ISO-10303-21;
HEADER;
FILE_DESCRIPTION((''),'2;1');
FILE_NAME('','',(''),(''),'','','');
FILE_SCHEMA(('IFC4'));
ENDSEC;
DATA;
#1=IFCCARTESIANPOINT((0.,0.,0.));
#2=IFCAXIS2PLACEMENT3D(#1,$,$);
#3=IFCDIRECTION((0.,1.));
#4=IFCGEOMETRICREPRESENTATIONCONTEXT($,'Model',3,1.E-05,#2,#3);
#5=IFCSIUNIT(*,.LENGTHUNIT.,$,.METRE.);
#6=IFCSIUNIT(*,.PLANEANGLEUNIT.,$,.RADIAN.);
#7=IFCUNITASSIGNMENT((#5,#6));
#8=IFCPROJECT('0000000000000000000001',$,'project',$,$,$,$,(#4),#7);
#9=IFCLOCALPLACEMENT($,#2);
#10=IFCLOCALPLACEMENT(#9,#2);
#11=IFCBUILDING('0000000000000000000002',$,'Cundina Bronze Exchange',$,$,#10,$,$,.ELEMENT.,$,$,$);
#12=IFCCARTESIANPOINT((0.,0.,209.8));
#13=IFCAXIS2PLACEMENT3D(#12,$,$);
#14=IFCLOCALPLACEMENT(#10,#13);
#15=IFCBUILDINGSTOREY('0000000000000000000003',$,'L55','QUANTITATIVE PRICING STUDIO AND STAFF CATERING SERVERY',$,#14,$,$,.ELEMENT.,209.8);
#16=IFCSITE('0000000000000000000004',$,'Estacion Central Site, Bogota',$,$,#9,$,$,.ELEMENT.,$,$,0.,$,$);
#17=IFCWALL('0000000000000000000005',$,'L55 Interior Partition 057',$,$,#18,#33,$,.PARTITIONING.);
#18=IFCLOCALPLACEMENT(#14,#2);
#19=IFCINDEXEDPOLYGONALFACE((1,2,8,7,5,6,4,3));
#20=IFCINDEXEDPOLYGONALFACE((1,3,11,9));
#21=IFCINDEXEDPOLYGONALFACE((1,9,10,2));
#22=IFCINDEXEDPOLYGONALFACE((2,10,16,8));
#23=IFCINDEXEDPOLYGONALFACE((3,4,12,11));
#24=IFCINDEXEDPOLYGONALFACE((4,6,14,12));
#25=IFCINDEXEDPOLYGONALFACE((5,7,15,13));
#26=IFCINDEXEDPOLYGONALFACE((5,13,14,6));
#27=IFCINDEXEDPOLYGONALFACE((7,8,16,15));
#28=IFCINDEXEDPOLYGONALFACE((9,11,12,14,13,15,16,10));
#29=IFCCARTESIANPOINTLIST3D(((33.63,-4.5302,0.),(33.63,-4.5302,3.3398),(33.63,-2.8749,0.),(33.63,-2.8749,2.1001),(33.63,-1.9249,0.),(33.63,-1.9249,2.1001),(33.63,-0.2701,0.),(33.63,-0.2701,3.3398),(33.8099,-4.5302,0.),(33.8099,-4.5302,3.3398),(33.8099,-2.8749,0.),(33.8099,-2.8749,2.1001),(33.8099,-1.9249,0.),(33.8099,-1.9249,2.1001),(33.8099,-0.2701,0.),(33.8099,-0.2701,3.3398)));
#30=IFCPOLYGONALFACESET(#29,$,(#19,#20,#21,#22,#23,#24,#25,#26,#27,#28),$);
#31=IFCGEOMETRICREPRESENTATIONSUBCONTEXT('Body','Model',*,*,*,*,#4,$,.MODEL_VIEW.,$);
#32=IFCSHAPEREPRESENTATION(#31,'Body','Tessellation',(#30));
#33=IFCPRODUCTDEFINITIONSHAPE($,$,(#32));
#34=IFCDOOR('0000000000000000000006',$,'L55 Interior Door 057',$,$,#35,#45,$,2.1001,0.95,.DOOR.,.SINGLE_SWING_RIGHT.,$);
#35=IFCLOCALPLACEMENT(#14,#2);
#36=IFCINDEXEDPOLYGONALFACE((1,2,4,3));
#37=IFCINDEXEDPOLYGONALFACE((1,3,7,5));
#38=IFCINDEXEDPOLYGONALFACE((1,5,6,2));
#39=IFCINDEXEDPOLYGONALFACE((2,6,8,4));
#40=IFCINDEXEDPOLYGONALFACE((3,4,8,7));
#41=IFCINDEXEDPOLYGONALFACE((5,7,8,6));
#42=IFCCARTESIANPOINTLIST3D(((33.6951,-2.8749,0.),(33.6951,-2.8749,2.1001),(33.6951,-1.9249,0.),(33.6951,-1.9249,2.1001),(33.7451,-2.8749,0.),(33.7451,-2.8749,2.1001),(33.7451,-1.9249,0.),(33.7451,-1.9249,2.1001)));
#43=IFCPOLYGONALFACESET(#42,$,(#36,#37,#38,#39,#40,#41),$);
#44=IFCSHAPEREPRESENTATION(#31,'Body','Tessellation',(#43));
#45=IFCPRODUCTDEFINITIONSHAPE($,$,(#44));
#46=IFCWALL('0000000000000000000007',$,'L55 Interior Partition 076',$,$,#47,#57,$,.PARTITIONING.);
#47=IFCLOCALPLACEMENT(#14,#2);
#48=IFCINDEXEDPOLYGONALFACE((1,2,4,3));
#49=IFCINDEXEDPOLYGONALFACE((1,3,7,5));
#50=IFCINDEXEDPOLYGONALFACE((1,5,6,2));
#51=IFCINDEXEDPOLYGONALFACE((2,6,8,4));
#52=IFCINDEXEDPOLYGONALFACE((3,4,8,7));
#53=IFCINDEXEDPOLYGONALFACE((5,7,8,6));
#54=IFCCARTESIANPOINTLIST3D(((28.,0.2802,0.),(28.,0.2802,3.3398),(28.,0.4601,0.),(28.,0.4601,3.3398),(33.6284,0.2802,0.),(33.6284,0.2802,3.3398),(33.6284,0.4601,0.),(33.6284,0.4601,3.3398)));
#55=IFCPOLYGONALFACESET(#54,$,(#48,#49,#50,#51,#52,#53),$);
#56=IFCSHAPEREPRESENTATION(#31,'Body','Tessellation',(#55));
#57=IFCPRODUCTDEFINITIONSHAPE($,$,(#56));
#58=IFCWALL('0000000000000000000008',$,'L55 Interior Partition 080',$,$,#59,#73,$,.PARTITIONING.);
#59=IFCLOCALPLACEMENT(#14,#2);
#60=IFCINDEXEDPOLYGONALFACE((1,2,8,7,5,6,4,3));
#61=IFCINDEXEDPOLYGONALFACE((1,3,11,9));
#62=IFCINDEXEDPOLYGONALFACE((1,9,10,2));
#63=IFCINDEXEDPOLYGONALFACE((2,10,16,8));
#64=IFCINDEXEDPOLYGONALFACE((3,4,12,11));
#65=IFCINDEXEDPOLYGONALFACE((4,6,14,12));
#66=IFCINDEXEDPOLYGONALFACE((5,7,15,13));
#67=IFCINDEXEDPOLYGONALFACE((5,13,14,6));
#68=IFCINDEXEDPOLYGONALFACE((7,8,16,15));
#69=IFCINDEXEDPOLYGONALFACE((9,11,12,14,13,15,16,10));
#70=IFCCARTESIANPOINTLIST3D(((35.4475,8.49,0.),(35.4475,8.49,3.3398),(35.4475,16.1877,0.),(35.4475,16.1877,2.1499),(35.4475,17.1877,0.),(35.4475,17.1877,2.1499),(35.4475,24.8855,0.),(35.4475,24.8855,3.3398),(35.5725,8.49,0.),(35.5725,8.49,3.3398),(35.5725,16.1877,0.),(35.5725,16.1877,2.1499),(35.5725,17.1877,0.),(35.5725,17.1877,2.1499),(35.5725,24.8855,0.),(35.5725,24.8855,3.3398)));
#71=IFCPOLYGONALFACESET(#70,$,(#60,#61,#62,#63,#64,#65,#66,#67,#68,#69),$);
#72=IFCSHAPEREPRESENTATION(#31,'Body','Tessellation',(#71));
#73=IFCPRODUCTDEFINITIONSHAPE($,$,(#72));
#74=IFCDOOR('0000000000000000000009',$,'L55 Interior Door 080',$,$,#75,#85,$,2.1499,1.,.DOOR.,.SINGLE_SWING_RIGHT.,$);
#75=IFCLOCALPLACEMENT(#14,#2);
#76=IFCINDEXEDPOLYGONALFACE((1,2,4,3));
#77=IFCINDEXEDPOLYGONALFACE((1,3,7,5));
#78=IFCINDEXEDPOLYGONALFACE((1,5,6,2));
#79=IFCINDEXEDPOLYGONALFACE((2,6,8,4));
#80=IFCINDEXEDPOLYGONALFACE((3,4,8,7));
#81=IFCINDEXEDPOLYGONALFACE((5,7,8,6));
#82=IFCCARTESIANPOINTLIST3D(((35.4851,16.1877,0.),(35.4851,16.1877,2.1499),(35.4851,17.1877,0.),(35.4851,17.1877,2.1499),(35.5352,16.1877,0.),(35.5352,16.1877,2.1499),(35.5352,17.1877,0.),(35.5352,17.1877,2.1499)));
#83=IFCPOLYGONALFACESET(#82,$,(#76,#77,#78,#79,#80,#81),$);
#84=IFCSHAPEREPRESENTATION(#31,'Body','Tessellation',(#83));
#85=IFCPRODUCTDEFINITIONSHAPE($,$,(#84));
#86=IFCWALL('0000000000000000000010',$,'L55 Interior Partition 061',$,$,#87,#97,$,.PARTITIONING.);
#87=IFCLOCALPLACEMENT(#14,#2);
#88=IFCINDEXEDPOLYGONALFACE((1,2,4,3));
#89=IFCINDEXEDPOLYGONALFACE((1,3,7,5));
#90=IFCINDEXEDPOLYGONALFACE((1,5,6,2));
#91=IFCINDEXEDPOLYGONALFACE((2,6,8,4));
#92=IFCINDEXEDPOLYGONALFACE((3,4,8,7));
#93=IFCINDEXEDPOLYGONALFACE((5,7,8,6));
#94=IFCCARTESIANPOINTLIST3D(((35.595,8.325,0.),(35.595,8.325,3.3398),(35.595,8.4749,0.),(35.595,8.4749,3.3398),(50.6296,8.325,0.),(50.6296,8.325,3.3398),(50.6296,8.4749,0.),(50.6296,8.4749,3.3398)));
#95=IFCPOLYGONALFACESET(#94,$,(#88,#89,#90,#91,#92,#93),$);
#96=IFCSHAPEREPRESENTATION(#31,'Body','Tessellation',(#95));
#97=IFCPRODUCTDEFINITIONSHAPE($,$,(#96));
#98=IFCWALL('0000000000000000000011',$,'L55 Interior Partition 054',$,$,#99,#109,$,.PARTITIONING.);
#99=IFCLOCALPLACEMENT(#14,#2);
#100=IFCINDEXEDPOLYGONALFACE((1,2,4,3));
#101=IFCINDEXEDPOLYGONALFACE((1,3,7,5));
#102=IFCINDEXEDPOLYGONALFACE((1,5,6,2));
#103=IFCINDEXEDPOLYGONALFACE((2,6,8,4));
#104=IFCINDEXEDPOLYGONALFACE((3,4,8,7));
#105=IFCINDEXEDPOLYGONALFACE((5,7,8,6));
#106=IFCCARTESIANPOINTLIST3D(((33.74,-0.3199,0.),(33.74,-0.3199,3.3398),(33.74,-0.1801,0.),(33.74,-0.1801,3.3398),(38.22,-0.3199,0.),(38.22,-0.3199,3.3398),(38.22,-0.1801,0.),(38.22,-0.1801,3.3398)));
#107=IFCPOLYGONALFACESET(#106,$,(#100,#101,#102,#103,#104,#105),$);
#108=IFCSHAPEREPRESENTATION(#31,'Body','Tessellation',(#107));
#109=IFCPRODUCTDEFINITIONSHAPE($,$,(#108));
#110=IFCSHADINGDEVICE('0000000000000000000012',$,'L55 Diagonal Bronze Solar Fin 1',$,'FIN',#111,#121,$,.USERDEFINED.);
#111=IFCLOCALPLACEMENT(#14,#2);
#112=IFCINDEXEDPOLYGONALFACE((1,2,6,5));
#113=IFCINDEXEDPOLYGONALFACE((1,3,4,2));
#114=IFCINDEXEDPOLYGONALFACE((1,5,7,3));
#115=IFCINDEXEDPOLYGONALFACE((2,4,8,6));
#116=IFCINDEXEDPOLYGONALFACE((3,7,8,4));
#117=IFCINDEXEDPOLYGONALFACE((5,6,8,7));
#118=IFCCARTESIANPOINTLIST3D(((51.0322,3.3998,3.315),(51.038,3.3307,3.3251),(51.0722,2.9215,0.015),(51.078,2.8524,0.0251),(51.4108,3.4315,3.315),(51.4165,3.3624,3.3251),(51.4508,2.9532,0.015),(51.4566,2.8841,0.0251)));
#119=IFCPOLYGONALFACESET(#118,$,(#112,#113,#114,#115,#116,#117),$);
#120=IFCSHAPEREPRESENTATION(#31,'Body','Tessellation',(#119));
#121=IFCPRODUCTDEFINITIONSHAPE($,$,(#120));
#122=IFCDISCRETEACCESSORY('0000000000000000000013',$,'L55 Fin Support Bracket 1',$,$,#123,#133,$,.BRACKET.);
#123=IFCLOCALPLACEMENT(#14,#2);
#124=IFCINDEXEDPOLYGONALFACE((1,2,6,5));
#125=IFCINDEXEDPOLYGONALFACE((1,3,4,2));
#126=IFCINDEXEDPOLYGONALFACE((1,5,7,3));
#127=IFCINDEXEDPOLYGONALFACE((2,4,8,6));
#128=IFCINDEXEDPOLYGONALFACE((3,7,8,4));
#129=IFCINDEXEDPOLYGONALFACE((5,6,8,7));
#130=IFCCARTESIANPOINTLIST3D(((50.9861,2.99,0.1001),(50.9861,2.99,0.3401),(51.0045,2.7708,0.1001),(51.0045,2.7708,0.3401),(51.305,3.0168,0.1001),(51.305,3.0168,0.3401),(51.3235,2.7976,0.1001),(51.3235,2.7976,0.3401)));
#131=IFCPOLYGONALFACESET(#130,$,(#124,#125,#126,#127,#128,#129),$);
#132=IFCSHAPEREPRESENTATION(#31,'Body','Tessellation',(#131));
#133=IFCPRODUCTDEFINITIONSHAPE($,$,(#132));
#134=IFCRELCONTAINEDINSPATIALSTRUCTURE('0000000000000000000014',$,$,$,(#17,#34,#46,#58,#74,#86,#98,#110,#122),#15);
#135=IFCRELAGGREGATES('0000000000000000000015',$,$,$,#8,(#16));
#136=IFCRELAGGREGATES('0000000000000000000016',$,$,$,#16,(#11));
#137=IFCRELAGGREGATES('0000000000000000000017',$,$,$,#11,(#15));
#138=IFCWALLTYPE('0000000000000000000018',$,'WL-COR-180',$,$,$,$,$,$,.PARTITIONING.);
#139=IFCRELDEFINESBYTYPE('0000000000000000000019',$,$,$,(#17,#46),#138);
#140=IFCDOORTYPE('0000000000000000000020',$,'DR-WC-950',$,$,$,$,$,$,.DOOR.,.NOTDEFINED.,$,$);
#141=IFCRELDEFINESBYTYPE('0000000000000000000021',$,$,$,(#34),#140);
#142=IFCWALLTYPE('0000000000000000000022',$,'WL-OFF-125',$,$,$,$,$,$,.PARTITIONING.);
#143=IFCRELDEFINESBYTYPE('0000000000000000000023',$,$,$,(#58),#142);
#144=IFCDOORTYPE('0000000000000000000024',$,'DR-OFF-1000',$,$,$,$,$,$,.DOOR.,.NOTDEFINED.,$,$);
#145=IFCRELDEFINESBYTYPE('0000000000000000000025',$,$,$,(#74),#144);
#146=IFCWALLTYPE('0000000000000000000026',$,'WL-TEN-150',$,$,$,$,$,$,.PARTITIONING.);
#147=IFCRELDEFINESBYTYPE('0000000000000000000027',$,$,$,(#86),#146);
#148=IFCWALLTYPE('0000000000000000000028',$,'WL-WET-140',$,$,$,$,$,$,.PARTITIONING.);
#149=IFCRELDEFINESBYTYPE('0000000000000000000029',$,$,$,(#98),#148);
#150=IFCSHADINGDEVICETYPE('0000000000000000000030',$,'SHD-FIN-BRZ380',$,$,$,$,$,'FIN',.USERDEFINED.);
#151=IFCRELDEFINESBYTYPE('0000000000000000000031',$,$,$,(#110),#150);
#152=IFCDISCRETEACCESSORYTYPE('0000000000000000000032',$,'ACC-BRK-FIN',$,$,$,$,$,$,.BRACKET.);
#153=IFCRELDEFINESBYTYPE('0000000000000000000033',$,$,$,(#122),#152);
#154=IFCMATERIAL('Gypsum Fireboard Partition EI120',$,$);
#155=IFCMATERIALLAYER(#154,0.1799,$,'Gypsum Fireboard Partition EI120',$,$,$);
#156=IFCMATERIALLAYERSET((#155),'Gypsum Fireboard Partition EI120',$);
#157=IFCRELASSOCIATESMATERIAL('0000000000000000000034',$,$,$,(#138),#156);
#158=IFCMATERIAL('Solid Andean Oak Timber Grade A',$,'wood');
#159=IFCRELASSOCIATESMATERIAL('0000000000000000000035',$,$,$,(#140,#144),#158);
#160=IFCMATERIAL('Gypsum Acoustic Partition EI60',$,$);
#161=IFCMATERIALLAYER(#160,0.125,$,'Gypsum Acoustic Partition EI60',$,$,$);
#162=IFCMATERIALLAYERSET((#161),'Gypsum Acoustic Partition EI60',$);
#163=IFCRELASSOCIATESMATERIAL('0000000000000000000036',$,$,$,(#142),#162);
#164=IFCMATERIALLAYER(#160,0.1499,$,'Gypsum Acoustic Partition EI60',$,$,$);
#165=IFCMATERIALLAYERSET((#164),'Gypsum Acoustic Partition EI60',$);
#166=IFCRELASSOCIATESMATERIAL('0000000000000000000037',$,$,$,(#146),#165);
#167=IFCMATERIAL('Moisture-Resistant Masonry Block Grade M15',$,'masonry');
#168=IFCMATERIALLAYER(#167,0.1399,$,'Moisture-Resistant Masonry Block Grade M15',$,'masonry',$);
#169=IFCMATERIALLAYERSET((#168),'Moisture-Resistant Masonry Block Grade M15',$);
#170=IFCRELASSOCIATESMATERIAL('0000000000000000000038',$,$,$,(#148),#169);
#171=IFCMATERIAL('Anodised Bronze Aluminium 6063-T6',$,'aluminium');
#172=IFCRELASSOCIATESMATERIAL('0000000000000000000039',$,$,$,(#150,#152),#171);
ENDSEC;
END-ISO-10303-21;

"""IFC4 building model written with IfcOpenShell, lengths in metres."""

from ifc_helpers import new_model, si_unit, direction, frame, frame_2d, origin, origin_2d, place, context, subcontext, project, spatial, rectangle, extrude, material, layer, layer_set, material_profile, profile_set, type_object, element, fill, save


model = new_model("IFC4")

# Units and contexts
model_context = context("Model", 3, precision=1e-05, world=origin(), true_north=direction((0.0, 1.0)))
body_context = subcontext(model_context, "Body", "Model", "MODEL_VIEW")
ifc_project = project(units=[si_unit("LENGTHUNIT", "METRE"), si_unit("PLANEANGLEUNIT", "RADIAN")], contexts=[model_context])

# Site, building, storey
site_placement = place(None, origin())
site = spatial("IfcSite", under=ifc_project, at=site_placement, Name="Estacion Central Site, Bogota", CompositionType="ELEMENT", RefElevation=0.0)
building_placement = place(site_placement, origin())
building = spatial("IfcBuilding", under=site, at=building_placement, Name="Cundina Bronze Exchange", CompositionType="ELEMENT")
storey_placement = place(building_placement, frame((0.0, 0.0, 209.8)))
storey = spatial("IfcBuildingStorey", under=building, at=storey_placement, Name="L55", Description="QUANTITATIVE PRICING STUDIO AND STAFF CATERING SERVERY", CompositionType="ELEMENT", Elevation=209.8)

# Shared definitions
ifc_material_1 = material(Name="Anodised Bronze Aluminium 6063-T6", Category="aluminium")

# Wall, opening, door
ifc_material_2 = material(Name="Gypsum Fireboard Partition EI120")
ifc_layer_1 = layer(ifc_material_2, 0.1799, Name="Gypsum Fireboard Partition EI120")
ifc_layer_set_1 = layer_set([ifc_layer_1], Name="Gypsum Fireboard Partition EI120")
wall_type_1 = type_object("IfcWallType", Name="WL-COR-180", PredefinedType="PARTITIONING", material=ifc_layer_set_1)
wall_1_placement = place(storey_placement, frame((33.72, -4.53, 0.0), z_axis=(0.0, 0.0, 1.0), x_axis=(0.0, 1.0, 0.0)))
wall_1 = element("IfcWall", 1, at=wall_1_placement, inside=storey, type_object=wall_type_1, Name="L55 Interior Partition 057", PredefinedType="PARTITIONING", context=body_context, shape_type="SweptSolid", body=[
    extrude(rectangle(XDim=4.26, YDim=0.1799, at=frame_2d((2.1299, 0.0))), origin(), (0.0, 0.0, 1.0), 3.3398),
])
opening_1_placement = place(wall_1_placement, frame((1.655, 0.0, 0.0)))
opening_1 = element("IfcOpeningElement", 2, at=opening_1_placement, cuts=wall_1, PredefinedType="OPENING", context=body_context, shape_type="SweptSolid", body=[
    extrude(rectangle(XDim=0.95, YDim=2.1001, at=frame_2d((0.4751, 1.05))), frame((0.0, 0.0999, 0.0), z_axis=(0.0, -1.0, 0.0), x_axis=(1.0, 0.0, 0.0)), (0.0, 0.0, 1.0), 0.2),
])
ifc_material_3 = material(Name="Solid Andean Oak Timber Grade A", Category="wood")
door_type_1 = type_object("IfcDoorType", Name="DR-WC-950", OperationType="NOTDEFINED", PredefinedType="DOOR", material=ifc_material_3)
door_1_placement = place(opening_1_placement, origin())
door_1 = element("IfcDoor", 3, at=door_1_placement, inside=storey, type_object=door_type_1, Name="L55 Interior Door 057", OperationType="SINGLE_SWING_RIGHT", OverallHeight=2.1001, OverallWidth=0.95, PredefinedType="DOOR", context=body_context, shape_type="SweptSolid", body=[
    extrude(rectangle(XDim=0.95, YDim=2.1001, at=frame_2d((0.4751, 1.05))), frame((0.0, 0.0249, 0.0), z_axis=(0.0, -1.0, 0.0), x_axis=(1.0, 0.0, 0.0)), (0.0, 0.0, 1.0), 0.05),
])
fill(opening_1, door_1)

# Wall
wall_2_placement = place(storey_placement, frame((33.6284, 0.3701, 0.0), z_axis=(0.0, 0.0, 1.0), x_axis=(-1.0, 0.0, 0.0)))
element("IfcWall", 4, at=wall_2_placement, inside=storey, type_object=wall_type_1, Name="L55 Interior Partition 076", PredefinedType="PARTITIONING", context=body_context, shape_type="SweptSolid", body=[
    extrude(rectangle(XDim=5.6284, YDim=0.1799, at=frame_2d((2.8142, 0.0))), origin(), (0.0, 0.0, 1.0), 3.3398),
])

# Wall, opening, door
ifc_material_4 = material(Name="Gypsum Acoustic Partition EI60")
ifc_layer_2 = layer(ifc_material_4, 0.125, Name="Gypsum Acoustic Partition EI60")
ifc_layer_set_2 = layer_set([ifc_layer_2], Name="Gypsum Acoustic Partition EI60")
wall_type_2 = type_object("IfcWallType", Name="WL-OFF-125", PredefinedType="PARTITIONING", material=ifc_layer_set_2)
wall_3_placement = place(storey_placement, frame((35.51, 8.49, 0.0), z_axis=(0.0, 0.0, 1.0), x_axis=(0.0, 1.0, 0.0)))
wall_3 = element("IfcWall", 5, at=wall_3_placement, inside=storey, type_object=wall_type_2, Name="L55 Interior Partition 080", PredefinedType="PARTITIONING", context=body_context, shape_type="SweptSolid", body=[
    extrude(rectangle(XDim=16.3955, YDim=0.125, at=frame_2d((8.1978, 0.0))), origin(), (0.0, 0.0, 1.0), 3.3398),
])
opening_2_placement = place(wall_3_placement, frame((7.6978, 0.0, 0.0)))
opening_2 = element("IfcOpeningElement", 6, at=opening_2_placement, cuts=wall_3, PredefinedType="OPENING", context=body_context, shape_type="SweptSolid", body=[
    extrude(rectangle(XDim=1.0, YDim=2.1499, at=frame_2d((0.5, 1.075))), frame((0.0, 0.0725, 0.0), z_axis=(0.0, -1.0, 0.0), x_axis=(1.0, 0.0, 0.0)), (0.0, 0.0, 1.0), 0.145),
])
door_type_2 = type_object("IfcDoorType", Name="DR-OFF-1000", OperationType="NOTDEFINED", PredefinedType="DOOR", material=ifc_material_3)
door_2_placement = place(opening_2_placement, origin())
door_2 = element("IfcDoor", 7, at=door_2_placement, inside=storey, type_object=door_type_2, Name="L55 Interior Door 080", OperationType="SINGLE_SWING_RIGHT", OverallHeight=2.1499, OverallWidth=1.0, PredefinedType="DOOR", context=body_context, shape_type="SweptSolid", body=[
    extrude(rectangle(XDim=1.0, YDim=2.1499, at=frame_2d((0.5, 1.075))), frame((0.0, 0.0249, 0.0), z_axis=(0.0, -1.0, 0.0), x_axis=(1.0, 0.0, 0.0)), (0.0, 0.0, 1.0), 0.05),
])
fill(opening_2, door_2)

# Walls
ifc_layer_3 = layer(ifc_material_4, 0.1499, Name="Gypsum Acoustic Partition EI60")
ifc_layer_set_3 = layer_set([ifc_layer_3], Name="Gypsum Acoustic Partition EI60")
wall_type_3 = type_object("IfcWallType", Name="WL-TEN-150", PredefinedType="PARTITIONING", material=ifc_layer_set_3)
wall_4_placement = place(storey_placement, frame((35.595, 8.3999, 0.0), z_axis=(0.0, 0.0, 1.0), x_axis=(1.0, 0.0, 0.0)))
element("IfcWall", 8, at=wall_4_placement, inside=storey, type_object=wall_type_3, Name="L55 Interior Partition 061", PredefinedType="PARTITIONING", context=body_context, shape_type="SweptSolid", body=[
    extrude(rectangle(XDim=15.0347, YDim=0.1499, at=frame_2d((7.5173, 0.0))), origin(), (0.0, 0.0, 1.0), 3.3398),
])
ifc_material_5 = material(Name="Moisture-Resistant Masonry Block Grade M15", Category="masonry")
ifc_layer_4 = layer(ifc_material_5, 0.1399, Name="Moisture-Resistant Masonry Block Grade M15", Category="masonry")
ifc_layer_set_4 = layer_set([ifc_layer_4], Name="Moisture-Resistant Masonry Block Grade M15")
wall_type_4 = type_object("IfcWallType", Name="WL-WET-140", PredefinedType="PARTITIONING", material=ifc_layer_set_4)
wall_5_placement = place(storey_placement, frame((33.74, -0.25, 0.0), z_axis=(0.0, 0.0, 1.0), x_axis=(1.0, 0.0, 0.0)))
element("IfcWall", 9, at=wall_5_placement, inside=storey, type_object=wall_type_4, Name="L55 Interior Partition 054", PredefinedType="PARTITIONING", context=body_context, shape_type="SweptSolid", body=[
    extrude(rectangle(XDim=4.48, YDim=0.1399, at=frame_2d((2.24, 0.0))), origin(), (0.0, 0.0, 1.0), 3.3398),
])

# Shading device
ifc_material_profile_1 = material_profile(ifc_material_1, rectangle(XDim=0.0701, YDim=0.3799, at=origin_2d()), Name="FIN70X380", Category="aluminium")
ifc_profile_set_1 = profile_set([ifc_material_profile_1], Name="Anodised Bronze Aluminium 6063-T6")
shading_device_type = type_object("IfcShadingDeviceType", Name="SHD-FIN-BRZ380", ElementType="FIN", PredefinedType="USERDEFINED", material=ifc_profile_set_1)
shading_device_placement = place(storey_placement, frame((51.2644, 2.9028, 0.02), z_axis=(-0.012007, 0.14342, 0.989589), x_axis=(0.082556, -0.98614, 0.143921)))
element("IfcShadingDevice", 10, at=shading_device_placement, inside=storey, type_object=shading_device_type, Name="L55 Diagonal Bronze Solar Fin 1", ObjectType="FIN", PredefinedType="USERDEFINED", context=body_context, shape_type="SweptSolid", body=[
    extrude(rectangle(XDim=0.0701, YDim=0.3799, at=origin_2d()), origin(), (0.0, 0.0, 1.0), 3.3347),
])

# Discrete accessory
discrete_accessory_type = type_object("IfcDiscreteAccessoryType", Name="ACC-BRK-FIN", PredefinedType="BRACKET", material=ifc_material_1)
discrete_accessory_placement = place(storey_placement, frame((51.1548, 2.8938, 0.1001), z_axis=(0.0, 0.0, 1.0), x_axis=(-0.083747, 0.996487, 0.0)))
element("IfcDiscreteAccessory", 11, at=discrete_accessory_placement, inside=storey, type_object=discrete_accessory_type, Name="L55 Fin Support Bracket 1", PredefinedType="BRACKET", context=body_context, shape_type="SweptSolid", body=[
    extrude(rectangle(XDim=0.22, YDim=0.3201, at=origin_2d()), origin(), (0.0, 0.0, 1.0), 0.24),
])

save(model, "model.ifc")
